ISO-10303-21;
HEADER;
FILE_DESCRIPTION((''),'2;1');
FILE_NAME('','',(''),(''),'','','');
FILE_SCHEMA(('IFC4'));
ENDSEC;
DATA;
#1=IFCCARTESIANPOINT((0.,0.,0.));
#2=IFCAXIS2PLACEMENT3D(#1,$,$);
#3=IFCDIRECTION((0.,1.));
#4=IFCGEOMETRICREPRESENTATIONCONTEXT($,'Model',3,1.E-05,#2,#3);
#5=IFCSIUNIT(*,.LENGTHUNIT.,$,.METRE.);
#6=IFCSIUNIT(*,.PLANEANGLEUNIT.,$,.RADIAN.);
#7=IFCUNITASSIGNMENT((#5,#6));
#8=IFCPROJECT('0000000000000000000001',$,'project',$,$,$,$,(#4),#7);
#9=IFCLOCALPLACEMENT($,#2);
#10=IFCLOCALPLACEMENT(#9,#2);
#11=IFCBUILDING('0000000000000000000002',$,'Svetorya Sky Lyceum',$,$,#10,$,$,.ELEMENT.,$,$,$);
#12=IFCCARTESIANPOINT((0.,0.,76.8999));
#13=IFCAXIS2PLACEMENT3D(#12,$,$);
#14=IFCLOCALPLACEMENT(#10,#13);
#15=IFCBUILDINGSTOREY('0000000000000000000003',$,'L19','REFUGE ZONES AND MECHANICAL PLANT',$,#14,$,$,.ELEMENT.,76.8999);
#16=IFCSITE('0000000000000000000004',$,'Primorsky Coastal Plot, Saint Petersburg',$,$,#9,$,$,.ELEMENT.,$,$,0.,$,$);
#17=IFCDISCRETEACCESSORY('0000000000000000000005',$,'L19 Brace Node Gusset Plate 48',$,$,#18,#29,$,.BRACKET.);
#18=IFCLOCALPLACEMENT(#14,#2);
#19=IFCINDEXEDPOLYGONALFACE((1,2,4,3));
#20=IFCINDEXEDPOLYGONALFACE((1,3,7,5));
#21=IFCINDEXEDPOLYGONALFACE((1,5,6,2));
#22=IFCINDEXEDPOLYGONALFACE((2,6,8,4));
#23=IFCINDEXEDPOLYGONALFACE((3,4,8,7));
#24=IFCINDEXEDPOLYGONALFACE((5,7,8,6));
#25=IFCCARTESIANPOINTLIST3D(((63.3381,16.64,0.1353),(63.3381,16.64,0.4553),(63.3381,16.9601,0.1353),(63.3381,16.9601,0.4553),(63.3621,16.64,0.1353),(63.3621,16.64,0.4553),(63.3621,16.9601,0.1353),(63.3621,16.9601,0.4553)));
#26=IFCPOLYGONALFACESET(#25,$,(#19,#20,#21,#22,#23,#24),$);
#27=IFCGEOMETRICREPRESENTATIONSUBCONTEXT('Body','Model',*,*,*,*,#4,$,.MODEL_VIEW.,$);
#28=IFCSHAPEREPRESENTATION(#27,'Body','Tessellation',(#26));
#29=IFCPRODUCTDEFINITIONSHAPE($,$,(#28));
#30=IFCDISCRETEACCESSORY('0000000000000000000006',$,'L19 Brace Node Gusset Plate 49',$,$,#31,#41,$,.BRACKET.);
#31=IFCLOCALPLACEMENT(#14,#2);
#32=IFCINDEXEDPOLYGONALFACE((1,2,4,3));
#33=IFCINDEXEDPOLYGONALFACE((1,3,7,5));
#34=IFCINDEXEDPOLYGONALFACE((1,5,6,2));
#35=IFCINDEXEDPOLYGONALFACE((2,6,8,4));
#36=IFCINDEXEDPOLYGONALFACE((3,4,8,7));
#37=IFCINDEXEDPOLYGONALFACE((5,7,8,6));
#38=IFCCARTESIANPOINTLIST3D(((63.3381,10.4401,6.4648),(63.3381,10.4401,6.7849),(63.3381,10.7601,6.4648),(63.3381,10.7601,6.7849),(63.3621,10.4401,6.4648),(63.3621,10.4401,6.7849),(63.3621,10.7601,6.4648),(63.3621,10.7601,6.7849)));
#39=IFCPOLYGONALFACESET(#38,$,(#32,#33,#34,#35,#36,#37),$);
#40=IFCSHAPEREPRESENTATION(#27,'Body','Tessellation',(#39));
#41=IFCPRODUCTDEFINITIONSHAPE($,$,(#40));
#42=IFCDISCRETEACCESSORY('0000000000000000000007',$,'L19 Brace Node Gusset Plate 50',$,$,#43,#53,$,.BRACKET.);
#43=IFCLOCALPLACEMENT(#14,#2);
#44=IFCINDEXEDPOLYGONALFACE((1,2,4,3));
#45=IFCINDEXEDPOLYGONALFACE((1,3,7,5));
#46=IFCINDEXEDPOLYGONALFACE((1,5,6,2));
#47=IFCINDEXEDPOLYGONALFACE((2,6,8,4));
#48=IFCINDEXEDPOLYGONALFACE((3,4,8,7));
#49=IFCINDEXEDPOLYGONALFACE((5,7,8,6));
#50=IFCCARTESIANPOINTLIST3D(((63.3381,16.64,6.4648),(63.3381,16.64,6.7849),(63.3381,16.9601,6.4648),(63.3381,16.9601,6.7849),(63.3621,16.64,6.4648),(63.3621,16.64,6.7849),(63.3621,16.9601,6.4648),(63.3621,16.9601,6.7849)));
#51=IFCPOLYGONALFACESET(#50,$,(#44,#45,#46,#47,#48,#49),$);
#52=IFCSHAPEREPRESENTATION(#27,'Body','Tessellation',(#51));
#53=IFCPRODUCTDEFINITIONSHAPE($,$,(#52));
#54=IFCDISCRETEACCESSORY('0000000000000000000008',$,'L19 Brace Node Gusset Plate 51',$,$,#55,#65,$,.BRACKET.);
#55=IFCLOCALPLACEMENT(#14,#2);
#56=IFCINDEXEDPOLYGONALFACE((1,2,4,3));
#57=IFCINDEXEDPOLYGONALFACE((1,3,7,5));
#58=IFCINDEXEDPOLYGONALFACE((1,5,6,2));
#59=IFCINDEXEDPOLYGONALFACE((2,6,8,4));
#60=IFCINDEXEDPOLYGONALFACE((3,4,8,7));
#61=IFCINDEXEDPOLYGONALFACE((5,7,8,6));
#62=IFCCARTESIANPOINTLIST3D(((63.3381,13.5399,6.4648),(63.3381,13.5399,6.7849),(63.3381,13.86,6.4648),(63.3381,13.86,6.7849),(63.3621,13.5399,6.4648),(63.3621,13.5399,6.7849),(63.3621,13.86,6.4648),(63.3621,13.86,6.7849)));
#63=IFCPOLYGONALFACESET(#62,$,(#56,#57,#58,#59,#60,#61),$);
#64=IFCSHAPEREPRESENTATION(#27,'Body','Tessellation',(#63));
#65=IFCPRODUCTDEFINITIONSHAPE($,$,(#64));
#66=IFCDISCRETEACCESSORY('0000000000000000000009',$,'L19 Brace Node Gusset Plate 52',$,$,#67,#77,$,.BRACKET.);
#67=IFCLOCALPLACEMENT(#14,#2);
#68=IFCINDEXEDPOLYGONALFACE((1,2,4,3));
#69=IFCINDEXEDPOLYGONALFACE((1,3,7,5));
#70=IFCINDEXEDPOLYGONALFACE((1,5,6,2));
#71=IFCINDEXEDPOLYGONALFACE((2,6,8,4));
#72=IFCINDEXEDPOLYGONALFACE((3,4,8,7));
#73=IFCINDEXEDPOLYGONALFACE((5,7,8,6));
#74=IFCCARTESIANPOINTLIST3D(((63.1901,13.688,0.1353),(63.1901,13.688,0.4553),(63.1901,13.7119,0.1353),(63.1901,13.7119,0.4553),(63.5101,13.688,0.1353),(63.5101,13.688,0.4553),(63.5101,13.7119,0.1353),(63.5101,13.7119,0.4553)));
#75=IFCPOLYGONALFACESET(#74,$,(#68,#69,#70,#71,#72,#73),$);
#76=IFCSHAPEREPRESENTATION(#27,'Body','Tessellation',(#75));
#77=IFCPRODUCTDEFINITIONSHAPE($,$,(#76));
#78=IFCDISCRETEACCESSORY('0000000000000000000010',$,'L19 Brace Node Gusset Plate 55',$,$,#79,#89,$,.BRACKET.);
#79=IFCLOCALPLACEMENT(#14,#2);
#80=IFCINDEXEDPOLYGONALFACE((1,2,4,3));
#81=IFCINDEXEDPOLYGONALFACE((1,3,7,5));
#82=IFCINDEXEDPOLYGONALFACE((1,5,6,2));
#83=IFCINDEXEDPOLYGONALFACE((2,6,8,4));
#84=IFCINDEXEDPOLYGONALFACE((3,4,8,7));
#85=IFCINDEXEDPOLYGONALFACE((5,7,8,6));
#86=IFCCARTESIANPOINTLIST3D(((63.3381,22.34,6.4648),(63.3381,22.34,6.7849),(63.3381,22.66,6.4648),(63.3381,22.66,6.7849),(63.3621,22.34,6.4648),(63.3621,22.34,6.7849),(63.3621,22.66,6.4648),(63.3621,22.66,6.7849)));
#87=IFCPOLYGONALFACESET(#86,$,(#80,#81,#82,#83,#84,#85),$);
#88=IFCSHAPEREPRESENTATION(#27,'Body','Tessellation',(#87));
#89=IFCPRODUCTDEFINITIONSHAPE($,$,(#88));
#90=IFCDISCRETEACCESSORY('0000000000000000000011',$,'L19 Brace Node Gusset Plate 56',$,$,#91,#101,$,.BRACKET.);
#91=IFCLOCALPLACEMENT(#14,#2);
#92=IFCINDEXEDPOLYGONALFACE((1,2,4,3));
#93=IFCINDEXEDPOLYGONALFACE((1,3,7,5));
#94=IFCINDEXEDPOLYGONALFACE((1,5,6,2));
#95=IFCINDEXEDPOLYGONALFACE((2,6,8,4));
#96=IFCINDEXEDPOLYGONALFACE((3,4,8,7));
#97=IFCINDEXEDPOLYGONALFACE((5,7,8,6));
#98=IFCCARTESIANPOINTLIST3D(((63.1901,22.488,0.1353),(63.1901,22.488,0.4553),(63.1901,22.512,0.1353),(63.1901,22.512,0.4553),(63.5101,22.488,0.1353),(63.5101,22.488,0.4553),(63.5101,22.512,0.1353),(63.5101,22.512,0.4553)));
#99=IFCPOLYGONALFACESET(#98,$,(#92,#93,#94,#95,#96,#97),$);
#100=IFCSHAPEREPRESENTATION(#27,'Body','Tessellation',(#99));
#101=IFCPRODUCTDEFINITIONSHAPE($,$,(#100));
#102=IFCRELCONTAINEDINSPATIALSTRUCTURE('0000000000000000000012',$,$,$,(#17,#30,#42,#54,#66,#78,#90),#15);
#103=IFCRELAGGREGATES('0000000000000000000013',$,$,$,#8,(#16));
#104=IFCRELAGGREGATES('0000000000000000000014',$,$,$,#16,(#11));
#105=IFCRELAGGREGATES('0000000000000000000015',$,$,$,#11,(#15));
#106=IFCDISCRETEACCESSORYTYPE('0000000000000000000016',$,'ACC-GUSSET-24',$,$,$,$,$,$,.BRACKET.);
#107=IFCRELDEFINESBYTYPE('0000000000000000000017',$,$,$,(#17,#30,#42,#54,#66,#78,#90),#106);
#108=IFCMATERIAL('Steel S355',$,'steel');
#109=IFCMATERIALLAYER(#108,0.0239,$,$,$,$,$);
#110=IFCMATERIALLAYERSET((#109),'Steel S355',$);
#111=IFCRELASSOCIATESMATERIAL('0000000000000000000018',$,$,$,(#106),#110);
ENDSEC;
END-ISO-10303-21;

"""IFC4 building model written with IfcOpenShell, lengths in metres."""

from ifc_helpers import new_model, si_unit, direction, frame, origin, origin_2d, place, context, subcontext, project, spatial, rectangle, extrude, material, layer, layer_set, type_object, element, save


model = new_model("IFC4")

# Units and contexts
model_context = context("Model", 3, precision=1e-05, world=origin(), true_north=direction((0.0, 1.0)))
body_context = subcontext(model_context, "Body", "Model", "MODEL_VIEW")
ifc_project = project(units=[si_unit("LENGTHUNIT", "METRE"), si_unit("PLANEANGLEUNIT", "RADIAN")], contexts=[model_context])

# Site, building, storey
site_placement = place(None, origin())
site = spatial("IfcSite", under=ifc_project, at=site_placement, Name="Primorsky Coastal Plot, Saint Petersburg", CompositionType="ELEMENT", RefElevation=0.0)
building_placement = place(site_placement, origin())
building = spatial("IfcBuilding", under=site, at=building_placement, Name="Svetorya Sky Lyceum", CompositionType="ELEMENT")
storey_placement = place(building_placement, frame((0.0, 0.0, 76.8999)))
storey = spatial("IfcBuildingStorey", under=building, at=storey_placement, Name="L19", Description="REFUGE ZONES AND MECHANICAL PLANT", CompositionType="ELEMENT", Elevation=76.8999)

# Shared definitions
ifc_material_1 = material(Name="Steel S355", Category="steel")

# Discrete accessories
ifc_layer_1 = layer(ifc_material_1, 0.0239)
ifc_layer_set_1 = layer_set([ifc_layer_1], Name="Steel S355")
discrete_accessory_type = type_object("IfcDiscreteAccessoryType", Name="ACC-GUSSET-24", PredefinedType="BRACKET", material=ifc_layer_set_1)
for number, where, z_axis, x_axis, name in (
    (1, (63.3501, 16.8, 0.1353), (0.0, 0.0, 1.0), (1.0, 0.0, 0.0), "L19 Brace Node Gusset Plate 48"),
    (2, (63.3501, 10.6001, 6.4648), (0.0, 0.0, 1.0), (1.0, 0.0, 0.0), "L19 Brace Node Gusset Plate 49"),
    (3, (63.3501, 16.8, 6.4648), (0.0, 0.0, 1.0), (1.0, 0.0, 0.0), "L19 Brace Node Gusset Plate 50"),
    (4, (63.3501, 13.7, 6.4648), (0.0, 0.0, 1.0), (1.0, 0.0, 0.0), "L19 Brace Node Gusset Plate 51"),
):
    element("IfcDiscreteAccessory", number, at=place(storey_placement, frame(where, z_axis=z_axis, x_axis=x_axis)), inside=storey, type_object=discrete_accessory_type, Name=name, PredefinedType="BRACKET", context=body_context, shape_type="SweptSolid", body=[
        extrude(rectangle(XDim=0.0239, YDim=0.3201, at=origin_2d()), origin(), (0.0, 0.0, 1.0), 0.3201),
    ])
discrete_accessory_1_placement = place(storey_placement, frame((63.3501, 13.7, 0.1353), z_axis=(0.0, 0.0, 1.0), x_axis=(1.0, 0.0, 0.0)))
element("IfcDiscreteAccessory", 5, at=discrete_accessory_1_placement, inside=storey, type_object=discrete_accessory_type, Name="L19 Brace Node Gusset Plate 52", PredefinedType="BRACKET", context=body_context, shape_type="SweptSolid", body=[
    extrude(rectangle(XDim=0.3201, YDim=0.0239, at=origin_2d()), origin(), (0.0, 0.0, 1.0), 0.3201),
])
discrete_accessory_2_placement = place(storey_placement, frame((63.3501, 22.5, 6.4648), z_axis=(0.0, 0.0, 1.0), x_axis=(1.0, 0.0, 0.0)))
element("IfcDiscreteAccessory", 6, at=discrete_accessory_2_placement, inside=storey, type_object=discrete_accessory_type, Name="L19 Brace Node Gusset Plate 55", PredefinedType="BRACKET", context=body_context, shape_type="SweptSolid", body=[
    extrude(rectangle(XDim=0.0239, YDim=0.3201, at=origin_2d()), origin(), (0.0, 0.0, 1.0), 0.3201),
])
discrete_accessory_3_placement = place(storey_placement, frame((63.3501, 22.5, 0.1353), z_axis=(0.0, 0.0, 1.0), x_axis=(1.0, 0.0, 0.0)))
element("IfcDiscreteAccessory", 7, at=discrete_accessory_3_placement, inside=storey, type_object=discrete_accessory_type, Name="L19 Brace Node Gusset Plate 56", PredefinedType="BRACKET", context=body_context, shape_type="SweptSolid", body=[
    extrude(rectangle(XDim=0.3201, YDim=0.0239, at=origin_2d()), origin(), (0.0, 0.0, 1.0), 0.3201),
])

save(model, "model.ifc")
